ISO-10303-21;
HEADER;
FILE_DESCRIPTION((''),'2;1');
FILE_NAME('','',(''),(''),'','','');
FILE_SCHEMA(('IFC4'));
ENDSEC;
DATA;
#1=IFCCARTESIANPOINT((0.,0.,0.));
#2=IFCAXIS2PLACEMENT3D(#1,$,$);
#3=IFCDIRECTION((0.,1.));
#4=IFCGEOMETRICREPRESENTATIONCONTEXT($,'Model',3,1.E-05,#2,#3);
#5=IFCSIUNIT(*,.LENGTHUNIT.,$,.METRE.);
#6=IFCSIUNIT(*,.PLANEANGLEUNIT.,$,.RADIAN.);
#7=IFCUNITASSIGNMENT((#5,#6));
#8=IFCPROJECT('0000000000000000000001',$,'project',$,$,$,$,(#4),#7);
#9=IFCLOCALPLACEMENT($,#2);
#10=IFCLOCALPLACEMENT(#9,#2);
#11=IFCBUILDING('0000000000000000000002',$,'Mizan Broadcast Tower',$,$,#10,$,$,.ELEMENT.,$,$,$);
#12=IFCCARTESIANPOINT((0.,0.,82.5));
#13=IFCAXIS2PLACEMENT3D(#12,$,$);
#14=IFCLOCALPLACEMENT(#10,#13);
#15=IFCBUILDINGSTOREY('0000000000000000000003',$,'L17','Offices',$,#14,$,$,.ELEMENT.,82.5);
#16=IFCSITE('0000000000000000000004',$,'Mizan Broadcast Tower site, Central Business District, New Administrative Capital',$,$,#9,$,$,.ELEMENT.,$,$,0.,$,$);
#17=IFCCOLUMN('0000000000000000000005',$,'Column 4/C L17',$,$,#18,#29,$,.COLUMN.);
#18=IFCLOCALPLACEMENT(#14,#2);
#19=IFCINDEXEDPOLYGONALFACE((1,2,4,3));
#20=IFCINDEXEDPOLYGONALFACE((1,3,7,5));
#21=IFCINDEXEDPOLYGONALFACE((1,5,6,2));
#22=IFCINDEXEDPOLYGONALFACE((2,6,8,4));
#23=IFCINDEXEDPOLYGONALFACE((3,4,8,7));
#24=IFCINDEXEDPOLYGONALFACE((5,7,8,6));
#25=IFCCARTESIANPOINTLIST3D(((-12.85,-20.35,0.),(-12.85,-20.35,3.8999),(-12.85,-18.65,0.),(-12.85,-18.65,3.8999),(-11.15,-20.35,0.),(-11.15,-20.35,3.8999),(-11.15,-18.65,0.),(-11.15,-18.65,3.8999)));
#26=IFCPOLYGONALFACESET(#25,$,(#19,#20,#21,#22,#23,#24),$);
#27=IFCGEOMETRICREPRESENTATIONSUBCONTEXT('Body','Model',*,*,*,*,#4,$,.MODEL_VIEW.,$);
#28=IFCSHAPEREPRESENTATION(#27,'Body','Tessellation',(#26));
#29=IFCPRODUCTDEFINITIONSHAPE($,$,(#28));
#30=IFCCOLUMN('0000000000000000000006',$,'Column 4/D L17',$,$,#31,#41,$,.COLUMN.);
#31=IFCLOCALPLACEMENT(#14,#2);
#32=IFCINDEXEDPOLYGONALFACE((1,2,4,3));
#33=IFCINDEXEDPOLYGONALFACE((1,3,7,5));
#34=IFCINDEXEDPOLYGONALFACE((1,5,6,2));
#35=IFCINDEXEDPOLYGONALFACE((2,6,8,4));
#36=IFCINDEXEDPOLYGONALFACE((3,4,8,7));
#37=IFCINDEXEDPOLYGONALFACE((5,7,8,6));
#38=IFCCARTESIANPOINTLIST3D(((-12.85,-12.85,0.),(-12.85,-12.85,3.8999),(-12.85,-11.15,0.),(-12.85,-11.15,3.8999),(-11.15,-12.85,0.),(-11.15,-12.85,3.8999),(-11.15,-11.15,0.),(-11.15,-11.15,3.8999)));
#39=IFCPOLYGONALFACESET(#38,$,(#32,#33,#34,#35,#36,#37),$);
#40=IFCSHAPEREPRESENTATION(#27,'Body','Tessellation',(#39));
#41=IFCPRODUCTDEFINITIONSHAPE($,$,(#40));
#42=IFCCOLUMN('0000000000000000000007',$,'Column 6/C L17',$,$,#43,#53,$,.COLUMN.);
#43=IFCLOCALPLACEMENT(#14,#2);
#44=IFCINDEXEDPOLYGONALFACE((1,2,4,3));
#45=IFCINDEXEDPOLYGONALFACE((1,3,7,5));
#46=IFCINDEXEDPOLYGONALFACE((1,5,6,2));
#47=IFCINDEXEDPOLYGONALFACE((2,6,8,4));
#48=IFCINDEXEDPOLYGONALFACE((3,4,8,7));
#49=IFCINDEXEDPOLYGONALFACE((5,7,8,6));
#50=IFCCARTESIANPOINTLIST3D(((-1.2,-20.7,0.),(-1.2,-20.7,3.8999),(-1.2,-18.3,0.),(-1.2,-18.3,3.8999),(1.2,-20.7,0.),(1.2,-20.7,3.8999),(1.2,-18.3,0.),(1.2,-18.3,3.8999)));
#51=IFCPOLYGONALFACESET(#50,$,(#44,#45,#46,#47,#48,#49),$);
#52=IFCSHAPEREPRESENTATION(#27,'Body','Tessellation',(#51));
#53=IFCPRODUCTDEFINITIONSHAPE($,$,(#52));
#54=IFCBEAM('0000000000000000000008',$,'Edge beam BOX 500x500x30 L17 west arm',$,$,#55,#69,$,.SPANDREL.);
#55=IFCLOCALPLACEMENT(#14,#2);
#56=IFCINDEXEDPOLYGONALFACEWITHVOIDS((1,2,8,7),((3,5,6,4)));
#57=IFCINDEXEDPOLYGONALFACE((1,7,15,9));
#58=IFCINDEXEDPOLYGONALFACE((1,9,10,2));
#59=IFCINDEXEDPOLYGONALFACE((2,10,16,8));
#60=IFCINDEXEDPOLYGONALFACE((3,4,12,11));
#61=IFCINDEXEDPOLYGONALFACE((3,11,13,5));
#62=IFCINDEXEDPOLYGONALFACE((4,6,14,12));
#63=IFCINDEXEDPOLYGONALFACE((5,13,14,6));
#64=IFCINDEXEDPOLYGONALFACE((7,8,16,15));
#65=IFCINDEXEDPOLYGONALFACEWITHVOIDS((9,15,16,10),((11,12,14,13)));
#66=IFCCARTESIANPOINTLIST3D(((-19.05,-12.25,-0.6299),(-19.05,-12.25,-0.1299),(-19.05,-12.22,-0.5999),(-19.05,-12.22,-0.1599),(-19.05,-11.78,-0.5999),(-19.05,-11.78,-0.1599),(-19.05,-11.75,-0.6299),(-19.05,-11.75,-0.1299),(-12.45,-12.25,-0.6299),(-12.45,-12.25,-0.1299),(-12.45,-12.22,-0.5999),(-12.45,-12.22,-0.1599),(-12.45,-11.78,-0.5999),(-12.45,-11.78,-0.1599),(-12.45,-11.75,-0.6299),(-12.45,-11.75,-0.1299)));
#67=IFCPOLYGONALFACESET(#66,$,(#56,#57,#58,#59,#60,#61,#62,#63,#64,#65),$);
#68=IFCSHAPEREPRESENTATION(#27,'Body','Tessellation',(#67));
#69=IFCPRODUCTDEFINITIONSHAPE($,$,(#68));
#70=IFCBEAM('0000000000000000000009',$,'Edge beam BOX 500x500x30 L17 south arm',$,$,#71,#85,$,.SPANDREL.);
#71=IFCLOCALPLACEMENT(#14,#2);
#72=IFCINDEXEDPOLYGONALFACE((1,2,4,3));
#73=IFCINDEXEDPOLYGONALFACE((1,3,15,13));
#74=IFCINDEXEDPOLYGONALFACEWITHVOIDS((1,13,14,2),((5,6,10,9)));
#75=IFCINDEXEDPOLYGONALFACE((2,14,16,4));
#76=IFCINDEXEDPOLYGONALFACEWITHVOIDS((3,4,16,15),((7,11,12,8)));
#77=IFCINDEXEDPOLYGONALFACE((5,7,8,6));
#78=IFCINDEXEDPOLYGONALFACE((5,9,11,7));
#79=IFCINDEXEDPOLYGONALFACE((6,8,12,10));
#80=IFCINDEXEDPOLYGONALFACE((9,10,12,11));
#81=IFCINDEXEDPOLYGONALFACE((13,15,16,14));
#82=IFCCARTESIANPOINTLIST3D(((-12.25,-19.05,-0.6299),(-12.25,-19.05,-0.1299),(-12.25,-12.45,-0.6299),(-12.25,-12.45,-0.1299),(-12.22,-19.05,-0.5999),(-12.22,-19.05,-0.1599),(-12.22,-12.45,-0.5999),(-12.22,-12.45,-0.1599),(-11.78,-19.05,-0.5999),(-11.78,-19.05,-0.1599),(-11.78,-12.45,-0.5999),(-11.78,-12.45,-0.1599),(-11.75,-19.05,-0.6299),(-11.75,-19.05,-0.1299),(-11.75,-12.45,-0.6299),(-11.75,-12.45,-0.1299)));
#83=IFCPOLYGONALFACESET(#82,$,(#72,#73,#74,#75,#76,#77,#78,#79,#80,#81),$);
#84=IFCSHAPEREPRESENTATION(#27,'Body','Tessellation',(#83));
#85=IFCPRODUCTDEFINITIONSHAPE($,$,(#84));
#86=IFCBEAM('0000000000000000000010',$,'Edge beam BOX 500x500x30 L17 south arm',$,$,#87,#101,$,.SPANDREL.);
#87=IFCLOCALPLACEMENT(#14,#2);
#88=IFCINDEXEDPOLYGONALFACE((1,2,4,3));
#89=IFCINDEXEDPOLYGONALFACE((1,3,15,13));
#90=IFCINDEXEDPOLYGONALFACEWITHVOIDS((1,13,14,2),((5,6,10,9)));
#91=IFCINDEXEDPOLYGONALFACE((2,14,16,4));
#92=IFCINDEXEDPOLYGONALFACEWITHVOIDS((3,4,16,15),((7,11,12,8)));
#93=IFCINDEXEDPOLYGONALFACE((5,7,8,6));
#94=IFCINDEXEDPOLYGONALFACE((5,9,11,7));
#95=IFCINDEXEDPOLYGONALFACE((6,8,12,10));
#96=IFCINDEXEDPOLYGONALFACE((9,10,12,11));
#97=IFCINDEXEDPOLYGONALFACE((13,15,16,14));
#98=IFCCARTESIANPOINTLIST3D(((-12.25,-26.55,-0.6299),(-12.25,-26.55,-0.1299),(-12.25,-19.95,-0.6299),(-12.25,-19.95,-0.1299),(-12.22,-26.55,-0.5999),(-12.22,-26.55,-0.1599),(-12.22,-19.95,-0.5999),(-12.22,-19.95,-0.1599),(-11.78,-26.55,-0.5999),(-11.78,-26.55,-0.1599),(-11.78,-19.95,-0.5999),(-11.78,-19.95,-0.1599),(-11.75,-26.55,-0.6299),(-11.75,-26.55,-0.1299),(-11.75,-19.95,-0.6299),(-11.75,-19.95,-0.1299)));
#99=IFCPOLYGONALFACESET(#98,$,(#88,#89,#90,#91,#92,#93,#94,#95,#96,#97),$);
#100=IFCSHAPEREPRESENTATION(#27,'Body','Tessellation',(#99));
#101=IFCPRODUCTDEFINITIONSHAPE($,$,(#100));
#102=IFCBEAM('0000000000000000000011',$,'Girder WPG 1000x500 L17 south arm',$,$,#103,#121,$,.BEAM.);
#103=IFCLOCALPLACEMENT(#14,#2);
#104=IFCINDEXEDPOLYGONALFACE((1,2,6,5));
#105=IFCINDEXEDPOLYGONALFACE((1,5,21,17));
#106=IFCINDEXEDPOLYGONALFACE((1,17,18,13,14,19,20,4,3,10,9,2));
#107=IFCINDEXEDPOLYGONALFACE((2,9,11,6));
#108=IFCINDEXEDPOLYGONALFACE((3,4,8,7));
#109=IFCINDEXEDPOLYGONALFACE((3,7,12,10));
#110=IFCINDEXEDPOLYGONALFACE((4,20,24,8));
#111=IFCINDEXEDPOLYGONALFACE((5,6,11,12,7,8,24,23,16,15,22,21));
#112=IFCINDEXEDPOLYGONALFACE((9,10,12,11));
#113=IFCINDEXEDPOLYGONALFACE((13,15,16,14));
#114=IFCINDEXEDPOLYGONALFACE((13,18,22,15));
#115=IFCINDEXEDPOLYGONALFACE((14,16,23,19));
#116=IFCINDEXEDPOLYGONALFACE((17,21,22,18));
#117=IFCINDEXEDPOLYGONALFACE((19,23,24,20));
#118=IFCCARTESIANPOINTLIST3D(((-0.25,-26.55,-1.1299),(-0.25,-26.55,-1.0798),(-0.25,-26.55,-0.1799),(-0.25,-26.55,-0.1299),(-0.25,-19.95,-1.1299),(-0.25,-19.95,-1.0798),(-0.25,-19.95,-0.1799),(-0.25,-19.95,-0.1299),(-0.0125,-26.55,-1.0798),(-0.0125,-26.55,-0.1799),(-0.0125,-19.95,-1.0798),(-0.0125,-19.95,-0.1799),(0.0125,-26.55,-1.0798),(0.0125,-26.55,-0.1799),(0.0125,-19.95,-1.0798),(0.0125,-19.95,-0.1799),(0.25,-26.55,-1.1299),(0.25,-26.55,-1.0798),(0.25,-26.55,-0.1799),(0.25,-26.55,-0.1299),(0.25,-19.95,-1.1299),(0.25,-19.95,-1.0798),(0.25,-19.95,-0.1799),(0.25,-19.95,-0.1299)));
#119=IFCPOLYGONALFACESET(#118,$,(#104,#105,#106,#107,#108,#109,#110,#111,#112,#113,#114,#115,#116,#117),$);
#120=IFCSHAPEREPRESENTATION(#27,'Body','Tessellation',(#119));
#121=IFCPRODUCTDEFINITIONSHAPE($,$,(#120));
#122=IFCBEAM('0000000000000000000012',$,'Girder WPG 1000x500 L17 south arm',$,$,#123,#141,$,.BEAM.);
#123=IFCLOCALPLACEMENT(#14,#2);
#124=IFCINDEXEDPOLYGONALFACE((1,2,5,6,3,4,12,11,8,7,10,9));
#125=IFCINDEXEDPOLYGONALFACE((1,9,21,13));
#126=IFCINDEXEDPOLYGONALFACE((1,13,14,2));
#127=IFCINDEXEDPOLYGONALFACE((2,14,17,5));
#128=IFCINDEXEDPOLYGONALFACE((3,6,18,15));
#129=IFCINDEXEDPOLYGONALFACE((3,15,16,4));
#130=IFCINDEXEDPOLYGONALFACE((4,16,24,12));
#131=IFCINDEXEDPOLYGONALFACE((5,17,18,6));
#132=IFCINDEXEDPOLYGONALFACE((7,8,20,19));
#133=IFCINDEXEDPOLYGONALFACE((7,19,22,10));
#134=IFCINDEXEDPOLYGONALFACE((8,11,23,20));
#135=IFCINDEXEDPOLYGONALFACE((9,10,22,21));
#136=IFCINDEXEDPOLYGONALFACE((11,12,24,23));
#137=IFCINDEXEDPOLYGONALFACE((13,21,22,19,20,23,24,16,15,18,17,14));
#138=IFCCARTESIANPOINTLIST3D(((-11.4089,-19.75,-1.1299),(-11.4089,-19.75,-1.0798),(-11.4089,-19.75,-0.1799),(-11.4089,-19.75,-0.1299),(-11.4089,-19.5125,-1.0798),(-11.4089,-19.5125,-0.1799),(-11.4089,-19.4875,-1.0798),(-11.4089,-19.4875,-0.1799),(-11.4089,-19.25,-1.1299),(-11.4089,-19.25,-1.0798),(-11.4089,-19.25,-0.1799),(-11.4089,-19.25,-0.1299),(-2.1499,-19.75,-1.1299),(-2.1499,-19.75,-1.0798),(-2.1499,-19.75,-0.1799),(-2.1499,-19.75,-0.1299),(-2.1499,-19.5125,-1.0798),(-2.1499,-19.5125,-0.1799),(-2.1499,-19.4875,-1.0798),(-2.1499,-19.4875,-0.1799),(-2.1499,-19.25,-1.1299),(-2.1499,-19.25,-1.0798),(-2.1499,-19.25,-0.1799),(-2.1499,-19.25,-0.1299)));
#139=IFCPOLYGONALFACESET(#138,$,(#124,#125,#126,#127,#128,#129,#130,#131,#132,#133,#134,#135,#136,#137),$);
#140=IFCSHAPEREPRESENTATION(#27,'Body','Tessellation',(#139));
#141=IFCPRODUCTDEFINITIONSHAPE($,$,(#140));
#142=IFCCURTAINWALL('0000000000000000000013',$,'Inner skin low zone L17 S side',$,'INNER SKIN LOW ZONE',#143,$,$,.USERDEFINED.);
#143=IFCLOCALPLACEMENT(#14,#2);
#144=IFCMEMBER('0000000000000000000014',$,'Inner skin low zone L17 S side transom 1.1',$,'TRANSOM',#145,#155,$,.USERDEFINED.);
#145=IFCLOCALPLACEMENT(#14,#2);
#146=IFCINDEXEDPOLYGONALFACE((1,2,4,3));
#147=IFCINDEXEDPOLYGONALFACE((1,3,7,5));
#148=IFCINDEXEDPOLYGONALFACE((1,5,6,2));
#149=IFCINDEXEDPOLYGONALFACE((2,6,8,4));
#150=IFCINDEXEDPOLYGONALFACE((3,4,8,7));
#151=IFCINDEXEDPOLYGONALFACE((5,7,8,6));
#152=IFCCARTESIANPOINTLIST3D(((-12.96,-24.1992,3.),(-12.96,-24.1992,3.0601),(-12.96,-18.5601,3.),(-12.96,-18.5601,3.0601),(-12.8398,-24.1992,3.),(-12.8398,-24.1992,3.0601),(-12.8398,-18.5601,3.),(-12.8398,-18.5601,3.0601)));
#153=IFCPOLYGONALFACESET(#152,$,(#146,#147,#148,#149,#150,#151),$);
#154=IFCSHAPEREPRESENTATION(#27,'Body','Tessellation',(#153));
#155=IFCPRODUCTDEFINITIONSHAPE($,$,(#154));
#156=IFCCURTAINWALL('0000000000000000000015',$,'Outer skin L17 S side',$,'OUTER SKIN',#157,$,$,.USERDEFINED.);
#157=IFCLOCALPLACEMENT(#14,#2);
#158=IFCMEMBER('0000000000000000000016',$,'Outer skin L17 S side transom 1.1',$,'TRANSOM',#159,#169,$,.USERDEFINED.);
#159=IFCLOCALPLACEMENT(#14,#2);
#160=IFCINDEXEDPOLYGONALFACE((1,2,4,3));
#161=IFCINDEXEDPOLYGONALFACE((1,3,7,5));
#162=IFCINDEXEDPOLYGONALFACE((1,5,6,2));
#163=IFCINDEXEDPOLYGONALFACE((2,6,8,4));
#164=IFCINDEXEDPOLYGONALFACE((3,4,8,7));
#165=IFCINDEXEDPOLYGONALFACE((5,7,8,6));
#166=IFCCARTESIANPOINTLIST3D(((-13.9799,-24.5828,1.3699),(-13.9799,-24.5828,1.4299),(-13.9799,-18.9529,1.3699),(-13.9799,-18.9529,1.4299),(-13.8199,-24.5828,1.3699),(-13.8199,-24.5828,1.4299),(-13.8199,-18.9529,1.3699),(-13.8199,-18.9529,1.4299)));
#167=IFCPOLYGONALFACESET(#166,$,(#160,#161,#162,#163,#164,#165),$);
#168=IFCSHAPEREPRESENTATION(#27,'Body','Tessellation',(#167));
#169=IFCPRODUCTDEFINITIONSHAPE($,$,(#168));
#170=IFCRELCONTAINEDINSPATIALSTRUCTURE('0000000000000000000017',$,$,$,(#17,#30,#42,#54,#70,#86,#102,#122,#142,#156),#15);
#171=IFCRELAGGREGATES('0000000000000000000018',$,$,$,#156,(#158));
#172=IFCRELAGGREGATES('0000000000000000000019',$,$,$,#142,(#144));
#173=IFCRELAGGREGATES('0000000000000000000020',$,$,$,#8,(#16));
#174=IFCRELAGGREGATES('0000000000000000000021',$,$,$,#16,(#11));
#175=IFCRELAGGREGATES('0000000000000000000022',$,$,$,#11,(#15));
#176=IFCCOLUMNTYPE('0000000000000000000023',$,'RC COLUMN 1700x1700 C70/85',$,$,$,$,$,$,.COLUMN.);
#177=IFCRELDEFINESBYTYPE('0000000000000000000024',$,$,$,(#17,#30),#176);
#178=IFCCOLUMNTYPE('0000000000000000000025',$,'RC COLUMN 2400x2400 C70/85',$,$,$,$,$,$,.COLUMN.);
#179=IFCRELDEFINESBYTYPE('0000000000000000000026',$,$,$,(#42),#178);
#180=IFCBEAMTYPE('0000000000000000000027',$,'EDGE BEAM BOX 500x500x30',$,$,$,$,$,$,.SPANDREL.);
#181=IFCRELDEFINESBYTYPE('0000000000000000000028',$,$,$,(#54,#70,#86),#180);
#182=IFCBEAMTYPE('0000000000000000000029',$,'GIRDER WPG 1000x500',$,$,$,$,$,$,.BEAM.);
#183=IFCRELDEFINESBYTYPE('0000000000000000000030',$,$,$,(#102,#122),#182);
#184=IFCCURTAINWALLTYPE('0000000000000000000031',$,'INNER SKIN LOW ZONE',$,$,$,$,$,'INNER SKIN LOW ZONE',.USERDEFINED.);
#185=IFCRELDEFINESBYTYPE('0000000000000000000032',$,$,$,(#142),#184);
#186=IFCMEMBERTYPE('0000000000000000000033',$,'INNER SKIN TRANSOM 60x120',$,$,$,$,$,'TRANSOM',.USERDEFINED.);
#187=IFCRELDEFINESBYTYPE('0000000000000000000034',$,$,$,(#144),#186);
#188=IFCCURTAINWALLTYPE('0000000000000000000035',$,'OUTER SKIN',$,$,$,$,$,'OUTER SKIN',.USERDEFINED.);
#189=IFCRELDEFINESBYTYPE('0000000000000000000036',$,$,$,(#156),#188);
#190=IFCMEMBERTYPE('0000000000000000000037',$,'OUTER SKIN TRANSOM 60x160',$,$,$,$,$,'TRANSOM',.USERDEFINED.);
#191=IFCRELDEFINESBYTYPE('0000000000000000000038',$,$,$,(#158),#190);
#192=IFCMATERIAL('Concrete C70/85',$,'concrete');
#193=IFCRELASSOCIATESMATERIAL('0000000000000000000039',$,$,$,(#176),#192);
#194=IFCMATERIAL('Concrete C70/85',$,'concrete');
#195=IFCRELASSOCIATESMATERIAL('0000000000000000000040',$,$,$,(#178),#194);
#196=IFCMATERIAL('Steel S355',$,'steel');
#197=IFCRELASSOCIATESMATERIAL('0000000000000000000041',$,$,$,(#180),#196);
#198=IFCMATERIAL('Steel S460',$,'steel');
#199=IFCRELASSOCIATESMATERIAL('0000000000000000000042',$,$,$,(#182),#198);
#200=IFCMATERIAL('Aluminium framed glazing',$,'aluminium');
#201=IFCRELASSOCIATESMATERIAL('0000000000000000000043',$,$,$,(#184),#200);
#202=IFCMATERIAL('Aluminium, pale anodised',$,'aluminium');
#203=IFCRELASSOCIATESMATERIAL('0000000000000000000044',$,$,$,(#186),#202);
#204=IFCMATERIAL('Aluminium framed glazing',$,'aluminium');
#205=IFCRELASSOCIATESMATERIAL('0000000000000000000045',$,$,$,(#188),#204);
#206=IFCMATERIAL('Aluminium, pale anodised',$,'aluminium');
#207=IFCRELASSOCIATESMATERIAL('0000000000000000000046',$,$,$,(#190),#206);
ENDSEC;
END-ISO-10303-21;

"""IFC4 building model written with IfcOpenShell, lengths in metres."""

from ifc_helpers import new_model, si_unit, direction, frame, origin, origin_2d, place, context, subcontext, project, spatial, rectangle, hollow_rectangle, i_section, extrude, material, material_profile, profile_set, type_object, element, aggregate, save


model = new_model("IFC4")

# Units and contexts
model_context = context("Model", 3, precision=1e-05, world=origin(), true_north=direction((0.0, 1.0)))
body_context = subcontext(model_context, "Body", "Model", "MODEL_VIEW")
ifc_project = project(units=[si_unit("LENGTHUNIT", "METRE"), si_unit("PLANEANGLEUNIT", "RADIAN")], contexts=[model_context])

# Site, building, storey
site_placement = place(None, origin())
site = spatial("IfcSite", under=ifc_project, at=site_placement, Name="Mizan Broadcast Tower site, Central Business District, New Administrative Capital", CompositionType="ELEMENT", RefElevation=0.0)
building_placement = place(site_placement, origin())
building = spatial("IfcBuilding", under=site, at=building_placement, Name="Mizan Broadcast Tower", CompositionType="ELEMENT")
storey_placement = place(building_placement, frame((0.0, 0.0, 82.5)))
storey = spatial("IfcBuildingStorey", under=building, at=storey_placement, Name="L17", Description="Offices", CompositionType="ELEMENT", Elevation=82.5)

# Columns
ifc_material_1 = material(Name="Concrete C70/85", Category="concrete")
ifc_material_profile_1 = material_profile(ifc_material_1, rectangle(XDim=1.7, YDim=1.7, at=origin_2d()), Name="RC 1700x1700")
ifc_profile_set_1 = profile_set([ifc_material_profile_1], Name="Concrete C70/85")
column_type_1 = type_object("IfcColumnType", Name="RC COLUMN 1700x1700 C70/85", PredefinedType="COLUMN", material=ifc_profile_set_1)
for number, where, z_axis, x_axis, name in (
    (1, (-12.0, -19.5, 0.0), (0.0, 0.0, 1.0), (1.0, 0.0, 0.0), "Column 4/C L17"),
    (2, (-12.0, -12.0, 0.0), (0.0, 0.0, 1.0), (1.0, 0.0, 0.0), "Column 4/D L17"),
):
    element("IfcColumn", number, at=place(storey_placement, frame(where, z_axis=z_axis, x_axis=x_axis)), inside=storey, type_object=column_type_1, Name=name, PredefinedType="COLUMN", context=body_context, shape_type="SweptSolid", body=[
        extrude(rectangle(XDim=1.7, YDim=1.7, at=origin_2d()), origin(), (0.0, 0.0, 1.0), 3.8999),
    ])
ifc_material_2 = material(Name="Concrete C70/85", Category="concrete")
ifc_material_profile_2 = material_profile(ifc_material_2, rectangle(XDim=2.3999, YDim=2.3999, at=origin_2d()), Name="RC 2400x2400")
ifc_profile_set_2 = profile_set([ifc_material_profile_2], Name="Concrete C70/85")
column_type_2 = type_object("IfcColumnType", Name="RC COLUMN 2400x2400 C70/85", PredefinedType="COLUMN", material=ifc_profile_set_2)
column_placement = place(storey_placement, frame((0.0, -19.5, 0.0), z_axis=(0.0, 0.0, 1.0), x_axis=(1.0, 0.0, 0.0)))
element("IfcColumn", 3, at=column_placement, inside=storey, type_object=column_type_2, Name="Column 6/C L17", PredefinedType="COLUMN", context=body_context, shape_type="SweptSolid", body=[
    extrude(rectangle(XDim=2.3999, YDim=2.3999, at=origin_2d()), origin(), (0.0, 0.0, 1.0), 3.8999),
])

# Beams
ifc_material_3 = material(Name="Steel S355", Category="steel")
ifc_material_profile_3 = material_profile(ifc_material_3, hollow_rectangle(XDim=0.5, YDim=0.5, WallThickness=0.03, at=origin_2d()), Name="BOX 500x500x30")
ifc_profile_set_3 = profile_set([ifc_material_profile_3], Name="Steel S355")
beam_type_1 = type_object("IfcBeamType", Name="EDGE BEAM BOX 500x500x30", PredefinedType="SPANDREL", material=ifc_profile_set_3)
for number, where, z_axis, x_axis, name in (
    (4, (-12.45, -12.0, -0.3799), (-1.0, 0.0, 0.0), (0.0, -1.0, 0.0), "Edge beam BOX 500x500x30 L17 west arm"),
    (5, (-12.0, -12.45, -0.3799), (0.0, -1.0, 0.0), (1.0, 0.0, 0.0), "Edge beam BOX 500x500x30 L17 south arm"),
    (6, (-12.0, -19.95, -0.3799), (0.0, -1.0, 0.0), (1.0, 0.0, 0.0), "Edge beam BOX 500x500x30 L17 south arm"),
):
    element("IfcBeam", number, at=place(storey_placement, frame(where, z_axis=z_axis, x_axis=x_axis)), inside=storey, type_object=beam_type_1, Name=name, PredefinedType="SPANDREL", context=body_context, shape_type="SweptSolid", body=[
        extrude(hollow_rectangle(XDim=0.5, YDim=0.5, WallThickness=0.03, at=origin_2d()), origin(), (0.0, 0.0, 1.0), 6.6001),
    ])
ifc_material_4 = material(Name="Steel S460", Category="steel")
ifc_material_profile_4 = material_profile(ifc_material_4, i_section(OverallWidth=0.5, OverallDepth=1.0, WebThickness=0.0249, FlangeThickness=0.05, at=origin_2d()), Name="WPG 1000x500")
ifc_profile_set_4 = profile_set([ifc_material_profile_4], Name="Steel S460")
beam_type_2 = type_object("IfcBeamType", Name="GIRDER WPG 1000x500", PredefinedType="BEAM", material=ifc_profile_set_4)
beam_1_placement = place(storey_placement, frame((0.0, -19.95, -0.6299), z_axis=(0.0, -1.0, 0.0), x_axis=(1.0, 0.0, 0.0)))
element("IfcBeam", 7, at=beam_1_placement, inside=storey, type_object=beam_type_2, Name="Girder WPG 1000x500 L17 south arm", PredefinedType="BEAM", context=body_context, shape_type="SweptSolid", body=[
    extrude(i_section(OverallWidth=0.5, OverallDepth=1.0, WebThickness=0.0249, FlangeThickness=0.05, at=origin_2d()), origin(), (0.0, 0.0, 1.0), 6.6001),
])
beam_2_placement = place(storey_placement, frame((-11.4089, -19.5, -0.6299), z_axis=(1.0, 0.0, 0.0), x_axis=(0.0, 1.0, 0.0)))
element("IfcBeam", 8, at=beam_2_placement, inside=storey, type_object=beam_type_2, Name="Girder WPG 1000x500 L17 south arm", PredefinedType="BEAM", context=body_context, shape_type="SweptSolid", body=[
    extrude(i_section(OverallWidth=0.5, OverallDepth=1.0, WebThickness=0.0249, FlangeThickness=0.05, at=origin_2d()), origin(), (0.0, 0.0, 1.0), 9.259),
])

# Curtain walls, members
ifc_material_5 = material(Name="Aluminium framed glazing", Category="aluminium")
curtain_wall_type_1 = type_object("IfcCurtainWallType", Name="INNER SKIN LOW ZONE", ElementType="INNER SKIN LOW ZONE", PredefinedType="USERDEFINED", material=ifc_material_5)
curtain_wall_1_placement = place(storey_placement, origin())
curtain_wall_1 = element("IfcCurtainWall", 9, at=curtain_wall_1_placement, inside=storey, type_object=curtain_wall_type_1, Name="Inner skin low zone L17 S side", ObjectType="INNER SKIN LOW ZONE", PredefinedType="USERDEFINED")
ifc_material_6 = material(Name="Aluminium, pale anodised", Category="aluminium")
ifc_material_profile_5 = material_profile(ifc_material_6, rectangle(XDim=0.1201, YDim=0.0601, at=origin_2d()), Name="TRANSOM 120x60")
ifc_profile_set_5 = profile_set([ifc_material_profile_5], Name="Aluminium, pale anodised")
member_type_1 = type_object("IfcMemberType", Name="INNER SKIN TRANSOM 60x120", ElementType="TRANSOM", PredefinedType="USERDEFINED", material=ifc_profile_set_5)
member_1_placement = place(storey_placement, frame((-12.8999, -18.5601, 3.03), z_axis=(0.0, -1.0, 0.0), x_axis=(1.0, 0.0, 0.0)))
member_1 = element("IfcMember", 10, at=member_1_placement, type_object=member_type_1, Name="Inner skin low zone L17 S side transom 1.1", ObjectType="TRANSOM", PredefinedType="USERDEFINED", context=body_context, shape_type="SweptSolid", body=[
    extrude(rectangle(XDim=0.1201, YDim=0.0601, at=origin_2d()), origin(), (0.0, 0.0, 1.0), 5.6392),
])
ifc_material_7 = material(Name="Aluminium framed glazing", Category="aluminium")
curtain_wall_type_2 = type_object("IfcCurtainWallType", Name="OUTER SKIN", ElementType="OUTER SKIN", PredefinedType="USERDEFINED", material=ifc_material_7)
curtain_wall_2_placement = place(storey_placement, origin())
curtain_wall_2 = element("IfcCurtainWall", 11, at=curtain_wall_2_placement, inside=storey, type_object=curtain_wall_type_2, Name="Outer skin L17 S side", ObjectType="OUTER SKIN", PredefinedType="USERDEFINED")
ifc_material_8 = material(Name="Aluminium, pale anodised", Category="aluminium")
ifc_material_profile_6 = material_profile(ifc_material_8, rectangle(XDim=0.1599, YDim=0.0601, at=origin_2d()), Name="TRANSOM 160x60")
ifc_profile_set_6 = profile_set([ifc_material_profile_6], Name="Aluminium, pale anodised")
member_type_2 = type_object("IfcMemberType", Name="OUTER SKIN TRANSOM 60x160", ElementType="TRANSOM", PredefinedType="USERDEFINED", material=ifc_profile_set_6)
member_2_placement = place(storey_placement, frame((-13.8999, -18.9529, 1.3999), z_axis=(0.0, -1.0, 0.0), x_axis=(1.0, 0.0, 0.0)))
member_2 = element("IfcMember", 12, at=member_2_placement, type_object=member_type_2, Name="Outer skin L17 S side transom 1.1", ObjectType="TRANSOM", PredefinedType="USERDEFINED", context=body_context, shape_type="SweptSolid", body=[
    extrude(rectangle(XDim=0.1599, YDim=0.0601, at=origin_2d()), origin(), (0.0, 0.0, 1.0), 5.6299),
])
aggregate(curtain_wall_2, [member_2])

aggregate(curtain_wall_1, [member_1])

save(model, "model.ifc")
